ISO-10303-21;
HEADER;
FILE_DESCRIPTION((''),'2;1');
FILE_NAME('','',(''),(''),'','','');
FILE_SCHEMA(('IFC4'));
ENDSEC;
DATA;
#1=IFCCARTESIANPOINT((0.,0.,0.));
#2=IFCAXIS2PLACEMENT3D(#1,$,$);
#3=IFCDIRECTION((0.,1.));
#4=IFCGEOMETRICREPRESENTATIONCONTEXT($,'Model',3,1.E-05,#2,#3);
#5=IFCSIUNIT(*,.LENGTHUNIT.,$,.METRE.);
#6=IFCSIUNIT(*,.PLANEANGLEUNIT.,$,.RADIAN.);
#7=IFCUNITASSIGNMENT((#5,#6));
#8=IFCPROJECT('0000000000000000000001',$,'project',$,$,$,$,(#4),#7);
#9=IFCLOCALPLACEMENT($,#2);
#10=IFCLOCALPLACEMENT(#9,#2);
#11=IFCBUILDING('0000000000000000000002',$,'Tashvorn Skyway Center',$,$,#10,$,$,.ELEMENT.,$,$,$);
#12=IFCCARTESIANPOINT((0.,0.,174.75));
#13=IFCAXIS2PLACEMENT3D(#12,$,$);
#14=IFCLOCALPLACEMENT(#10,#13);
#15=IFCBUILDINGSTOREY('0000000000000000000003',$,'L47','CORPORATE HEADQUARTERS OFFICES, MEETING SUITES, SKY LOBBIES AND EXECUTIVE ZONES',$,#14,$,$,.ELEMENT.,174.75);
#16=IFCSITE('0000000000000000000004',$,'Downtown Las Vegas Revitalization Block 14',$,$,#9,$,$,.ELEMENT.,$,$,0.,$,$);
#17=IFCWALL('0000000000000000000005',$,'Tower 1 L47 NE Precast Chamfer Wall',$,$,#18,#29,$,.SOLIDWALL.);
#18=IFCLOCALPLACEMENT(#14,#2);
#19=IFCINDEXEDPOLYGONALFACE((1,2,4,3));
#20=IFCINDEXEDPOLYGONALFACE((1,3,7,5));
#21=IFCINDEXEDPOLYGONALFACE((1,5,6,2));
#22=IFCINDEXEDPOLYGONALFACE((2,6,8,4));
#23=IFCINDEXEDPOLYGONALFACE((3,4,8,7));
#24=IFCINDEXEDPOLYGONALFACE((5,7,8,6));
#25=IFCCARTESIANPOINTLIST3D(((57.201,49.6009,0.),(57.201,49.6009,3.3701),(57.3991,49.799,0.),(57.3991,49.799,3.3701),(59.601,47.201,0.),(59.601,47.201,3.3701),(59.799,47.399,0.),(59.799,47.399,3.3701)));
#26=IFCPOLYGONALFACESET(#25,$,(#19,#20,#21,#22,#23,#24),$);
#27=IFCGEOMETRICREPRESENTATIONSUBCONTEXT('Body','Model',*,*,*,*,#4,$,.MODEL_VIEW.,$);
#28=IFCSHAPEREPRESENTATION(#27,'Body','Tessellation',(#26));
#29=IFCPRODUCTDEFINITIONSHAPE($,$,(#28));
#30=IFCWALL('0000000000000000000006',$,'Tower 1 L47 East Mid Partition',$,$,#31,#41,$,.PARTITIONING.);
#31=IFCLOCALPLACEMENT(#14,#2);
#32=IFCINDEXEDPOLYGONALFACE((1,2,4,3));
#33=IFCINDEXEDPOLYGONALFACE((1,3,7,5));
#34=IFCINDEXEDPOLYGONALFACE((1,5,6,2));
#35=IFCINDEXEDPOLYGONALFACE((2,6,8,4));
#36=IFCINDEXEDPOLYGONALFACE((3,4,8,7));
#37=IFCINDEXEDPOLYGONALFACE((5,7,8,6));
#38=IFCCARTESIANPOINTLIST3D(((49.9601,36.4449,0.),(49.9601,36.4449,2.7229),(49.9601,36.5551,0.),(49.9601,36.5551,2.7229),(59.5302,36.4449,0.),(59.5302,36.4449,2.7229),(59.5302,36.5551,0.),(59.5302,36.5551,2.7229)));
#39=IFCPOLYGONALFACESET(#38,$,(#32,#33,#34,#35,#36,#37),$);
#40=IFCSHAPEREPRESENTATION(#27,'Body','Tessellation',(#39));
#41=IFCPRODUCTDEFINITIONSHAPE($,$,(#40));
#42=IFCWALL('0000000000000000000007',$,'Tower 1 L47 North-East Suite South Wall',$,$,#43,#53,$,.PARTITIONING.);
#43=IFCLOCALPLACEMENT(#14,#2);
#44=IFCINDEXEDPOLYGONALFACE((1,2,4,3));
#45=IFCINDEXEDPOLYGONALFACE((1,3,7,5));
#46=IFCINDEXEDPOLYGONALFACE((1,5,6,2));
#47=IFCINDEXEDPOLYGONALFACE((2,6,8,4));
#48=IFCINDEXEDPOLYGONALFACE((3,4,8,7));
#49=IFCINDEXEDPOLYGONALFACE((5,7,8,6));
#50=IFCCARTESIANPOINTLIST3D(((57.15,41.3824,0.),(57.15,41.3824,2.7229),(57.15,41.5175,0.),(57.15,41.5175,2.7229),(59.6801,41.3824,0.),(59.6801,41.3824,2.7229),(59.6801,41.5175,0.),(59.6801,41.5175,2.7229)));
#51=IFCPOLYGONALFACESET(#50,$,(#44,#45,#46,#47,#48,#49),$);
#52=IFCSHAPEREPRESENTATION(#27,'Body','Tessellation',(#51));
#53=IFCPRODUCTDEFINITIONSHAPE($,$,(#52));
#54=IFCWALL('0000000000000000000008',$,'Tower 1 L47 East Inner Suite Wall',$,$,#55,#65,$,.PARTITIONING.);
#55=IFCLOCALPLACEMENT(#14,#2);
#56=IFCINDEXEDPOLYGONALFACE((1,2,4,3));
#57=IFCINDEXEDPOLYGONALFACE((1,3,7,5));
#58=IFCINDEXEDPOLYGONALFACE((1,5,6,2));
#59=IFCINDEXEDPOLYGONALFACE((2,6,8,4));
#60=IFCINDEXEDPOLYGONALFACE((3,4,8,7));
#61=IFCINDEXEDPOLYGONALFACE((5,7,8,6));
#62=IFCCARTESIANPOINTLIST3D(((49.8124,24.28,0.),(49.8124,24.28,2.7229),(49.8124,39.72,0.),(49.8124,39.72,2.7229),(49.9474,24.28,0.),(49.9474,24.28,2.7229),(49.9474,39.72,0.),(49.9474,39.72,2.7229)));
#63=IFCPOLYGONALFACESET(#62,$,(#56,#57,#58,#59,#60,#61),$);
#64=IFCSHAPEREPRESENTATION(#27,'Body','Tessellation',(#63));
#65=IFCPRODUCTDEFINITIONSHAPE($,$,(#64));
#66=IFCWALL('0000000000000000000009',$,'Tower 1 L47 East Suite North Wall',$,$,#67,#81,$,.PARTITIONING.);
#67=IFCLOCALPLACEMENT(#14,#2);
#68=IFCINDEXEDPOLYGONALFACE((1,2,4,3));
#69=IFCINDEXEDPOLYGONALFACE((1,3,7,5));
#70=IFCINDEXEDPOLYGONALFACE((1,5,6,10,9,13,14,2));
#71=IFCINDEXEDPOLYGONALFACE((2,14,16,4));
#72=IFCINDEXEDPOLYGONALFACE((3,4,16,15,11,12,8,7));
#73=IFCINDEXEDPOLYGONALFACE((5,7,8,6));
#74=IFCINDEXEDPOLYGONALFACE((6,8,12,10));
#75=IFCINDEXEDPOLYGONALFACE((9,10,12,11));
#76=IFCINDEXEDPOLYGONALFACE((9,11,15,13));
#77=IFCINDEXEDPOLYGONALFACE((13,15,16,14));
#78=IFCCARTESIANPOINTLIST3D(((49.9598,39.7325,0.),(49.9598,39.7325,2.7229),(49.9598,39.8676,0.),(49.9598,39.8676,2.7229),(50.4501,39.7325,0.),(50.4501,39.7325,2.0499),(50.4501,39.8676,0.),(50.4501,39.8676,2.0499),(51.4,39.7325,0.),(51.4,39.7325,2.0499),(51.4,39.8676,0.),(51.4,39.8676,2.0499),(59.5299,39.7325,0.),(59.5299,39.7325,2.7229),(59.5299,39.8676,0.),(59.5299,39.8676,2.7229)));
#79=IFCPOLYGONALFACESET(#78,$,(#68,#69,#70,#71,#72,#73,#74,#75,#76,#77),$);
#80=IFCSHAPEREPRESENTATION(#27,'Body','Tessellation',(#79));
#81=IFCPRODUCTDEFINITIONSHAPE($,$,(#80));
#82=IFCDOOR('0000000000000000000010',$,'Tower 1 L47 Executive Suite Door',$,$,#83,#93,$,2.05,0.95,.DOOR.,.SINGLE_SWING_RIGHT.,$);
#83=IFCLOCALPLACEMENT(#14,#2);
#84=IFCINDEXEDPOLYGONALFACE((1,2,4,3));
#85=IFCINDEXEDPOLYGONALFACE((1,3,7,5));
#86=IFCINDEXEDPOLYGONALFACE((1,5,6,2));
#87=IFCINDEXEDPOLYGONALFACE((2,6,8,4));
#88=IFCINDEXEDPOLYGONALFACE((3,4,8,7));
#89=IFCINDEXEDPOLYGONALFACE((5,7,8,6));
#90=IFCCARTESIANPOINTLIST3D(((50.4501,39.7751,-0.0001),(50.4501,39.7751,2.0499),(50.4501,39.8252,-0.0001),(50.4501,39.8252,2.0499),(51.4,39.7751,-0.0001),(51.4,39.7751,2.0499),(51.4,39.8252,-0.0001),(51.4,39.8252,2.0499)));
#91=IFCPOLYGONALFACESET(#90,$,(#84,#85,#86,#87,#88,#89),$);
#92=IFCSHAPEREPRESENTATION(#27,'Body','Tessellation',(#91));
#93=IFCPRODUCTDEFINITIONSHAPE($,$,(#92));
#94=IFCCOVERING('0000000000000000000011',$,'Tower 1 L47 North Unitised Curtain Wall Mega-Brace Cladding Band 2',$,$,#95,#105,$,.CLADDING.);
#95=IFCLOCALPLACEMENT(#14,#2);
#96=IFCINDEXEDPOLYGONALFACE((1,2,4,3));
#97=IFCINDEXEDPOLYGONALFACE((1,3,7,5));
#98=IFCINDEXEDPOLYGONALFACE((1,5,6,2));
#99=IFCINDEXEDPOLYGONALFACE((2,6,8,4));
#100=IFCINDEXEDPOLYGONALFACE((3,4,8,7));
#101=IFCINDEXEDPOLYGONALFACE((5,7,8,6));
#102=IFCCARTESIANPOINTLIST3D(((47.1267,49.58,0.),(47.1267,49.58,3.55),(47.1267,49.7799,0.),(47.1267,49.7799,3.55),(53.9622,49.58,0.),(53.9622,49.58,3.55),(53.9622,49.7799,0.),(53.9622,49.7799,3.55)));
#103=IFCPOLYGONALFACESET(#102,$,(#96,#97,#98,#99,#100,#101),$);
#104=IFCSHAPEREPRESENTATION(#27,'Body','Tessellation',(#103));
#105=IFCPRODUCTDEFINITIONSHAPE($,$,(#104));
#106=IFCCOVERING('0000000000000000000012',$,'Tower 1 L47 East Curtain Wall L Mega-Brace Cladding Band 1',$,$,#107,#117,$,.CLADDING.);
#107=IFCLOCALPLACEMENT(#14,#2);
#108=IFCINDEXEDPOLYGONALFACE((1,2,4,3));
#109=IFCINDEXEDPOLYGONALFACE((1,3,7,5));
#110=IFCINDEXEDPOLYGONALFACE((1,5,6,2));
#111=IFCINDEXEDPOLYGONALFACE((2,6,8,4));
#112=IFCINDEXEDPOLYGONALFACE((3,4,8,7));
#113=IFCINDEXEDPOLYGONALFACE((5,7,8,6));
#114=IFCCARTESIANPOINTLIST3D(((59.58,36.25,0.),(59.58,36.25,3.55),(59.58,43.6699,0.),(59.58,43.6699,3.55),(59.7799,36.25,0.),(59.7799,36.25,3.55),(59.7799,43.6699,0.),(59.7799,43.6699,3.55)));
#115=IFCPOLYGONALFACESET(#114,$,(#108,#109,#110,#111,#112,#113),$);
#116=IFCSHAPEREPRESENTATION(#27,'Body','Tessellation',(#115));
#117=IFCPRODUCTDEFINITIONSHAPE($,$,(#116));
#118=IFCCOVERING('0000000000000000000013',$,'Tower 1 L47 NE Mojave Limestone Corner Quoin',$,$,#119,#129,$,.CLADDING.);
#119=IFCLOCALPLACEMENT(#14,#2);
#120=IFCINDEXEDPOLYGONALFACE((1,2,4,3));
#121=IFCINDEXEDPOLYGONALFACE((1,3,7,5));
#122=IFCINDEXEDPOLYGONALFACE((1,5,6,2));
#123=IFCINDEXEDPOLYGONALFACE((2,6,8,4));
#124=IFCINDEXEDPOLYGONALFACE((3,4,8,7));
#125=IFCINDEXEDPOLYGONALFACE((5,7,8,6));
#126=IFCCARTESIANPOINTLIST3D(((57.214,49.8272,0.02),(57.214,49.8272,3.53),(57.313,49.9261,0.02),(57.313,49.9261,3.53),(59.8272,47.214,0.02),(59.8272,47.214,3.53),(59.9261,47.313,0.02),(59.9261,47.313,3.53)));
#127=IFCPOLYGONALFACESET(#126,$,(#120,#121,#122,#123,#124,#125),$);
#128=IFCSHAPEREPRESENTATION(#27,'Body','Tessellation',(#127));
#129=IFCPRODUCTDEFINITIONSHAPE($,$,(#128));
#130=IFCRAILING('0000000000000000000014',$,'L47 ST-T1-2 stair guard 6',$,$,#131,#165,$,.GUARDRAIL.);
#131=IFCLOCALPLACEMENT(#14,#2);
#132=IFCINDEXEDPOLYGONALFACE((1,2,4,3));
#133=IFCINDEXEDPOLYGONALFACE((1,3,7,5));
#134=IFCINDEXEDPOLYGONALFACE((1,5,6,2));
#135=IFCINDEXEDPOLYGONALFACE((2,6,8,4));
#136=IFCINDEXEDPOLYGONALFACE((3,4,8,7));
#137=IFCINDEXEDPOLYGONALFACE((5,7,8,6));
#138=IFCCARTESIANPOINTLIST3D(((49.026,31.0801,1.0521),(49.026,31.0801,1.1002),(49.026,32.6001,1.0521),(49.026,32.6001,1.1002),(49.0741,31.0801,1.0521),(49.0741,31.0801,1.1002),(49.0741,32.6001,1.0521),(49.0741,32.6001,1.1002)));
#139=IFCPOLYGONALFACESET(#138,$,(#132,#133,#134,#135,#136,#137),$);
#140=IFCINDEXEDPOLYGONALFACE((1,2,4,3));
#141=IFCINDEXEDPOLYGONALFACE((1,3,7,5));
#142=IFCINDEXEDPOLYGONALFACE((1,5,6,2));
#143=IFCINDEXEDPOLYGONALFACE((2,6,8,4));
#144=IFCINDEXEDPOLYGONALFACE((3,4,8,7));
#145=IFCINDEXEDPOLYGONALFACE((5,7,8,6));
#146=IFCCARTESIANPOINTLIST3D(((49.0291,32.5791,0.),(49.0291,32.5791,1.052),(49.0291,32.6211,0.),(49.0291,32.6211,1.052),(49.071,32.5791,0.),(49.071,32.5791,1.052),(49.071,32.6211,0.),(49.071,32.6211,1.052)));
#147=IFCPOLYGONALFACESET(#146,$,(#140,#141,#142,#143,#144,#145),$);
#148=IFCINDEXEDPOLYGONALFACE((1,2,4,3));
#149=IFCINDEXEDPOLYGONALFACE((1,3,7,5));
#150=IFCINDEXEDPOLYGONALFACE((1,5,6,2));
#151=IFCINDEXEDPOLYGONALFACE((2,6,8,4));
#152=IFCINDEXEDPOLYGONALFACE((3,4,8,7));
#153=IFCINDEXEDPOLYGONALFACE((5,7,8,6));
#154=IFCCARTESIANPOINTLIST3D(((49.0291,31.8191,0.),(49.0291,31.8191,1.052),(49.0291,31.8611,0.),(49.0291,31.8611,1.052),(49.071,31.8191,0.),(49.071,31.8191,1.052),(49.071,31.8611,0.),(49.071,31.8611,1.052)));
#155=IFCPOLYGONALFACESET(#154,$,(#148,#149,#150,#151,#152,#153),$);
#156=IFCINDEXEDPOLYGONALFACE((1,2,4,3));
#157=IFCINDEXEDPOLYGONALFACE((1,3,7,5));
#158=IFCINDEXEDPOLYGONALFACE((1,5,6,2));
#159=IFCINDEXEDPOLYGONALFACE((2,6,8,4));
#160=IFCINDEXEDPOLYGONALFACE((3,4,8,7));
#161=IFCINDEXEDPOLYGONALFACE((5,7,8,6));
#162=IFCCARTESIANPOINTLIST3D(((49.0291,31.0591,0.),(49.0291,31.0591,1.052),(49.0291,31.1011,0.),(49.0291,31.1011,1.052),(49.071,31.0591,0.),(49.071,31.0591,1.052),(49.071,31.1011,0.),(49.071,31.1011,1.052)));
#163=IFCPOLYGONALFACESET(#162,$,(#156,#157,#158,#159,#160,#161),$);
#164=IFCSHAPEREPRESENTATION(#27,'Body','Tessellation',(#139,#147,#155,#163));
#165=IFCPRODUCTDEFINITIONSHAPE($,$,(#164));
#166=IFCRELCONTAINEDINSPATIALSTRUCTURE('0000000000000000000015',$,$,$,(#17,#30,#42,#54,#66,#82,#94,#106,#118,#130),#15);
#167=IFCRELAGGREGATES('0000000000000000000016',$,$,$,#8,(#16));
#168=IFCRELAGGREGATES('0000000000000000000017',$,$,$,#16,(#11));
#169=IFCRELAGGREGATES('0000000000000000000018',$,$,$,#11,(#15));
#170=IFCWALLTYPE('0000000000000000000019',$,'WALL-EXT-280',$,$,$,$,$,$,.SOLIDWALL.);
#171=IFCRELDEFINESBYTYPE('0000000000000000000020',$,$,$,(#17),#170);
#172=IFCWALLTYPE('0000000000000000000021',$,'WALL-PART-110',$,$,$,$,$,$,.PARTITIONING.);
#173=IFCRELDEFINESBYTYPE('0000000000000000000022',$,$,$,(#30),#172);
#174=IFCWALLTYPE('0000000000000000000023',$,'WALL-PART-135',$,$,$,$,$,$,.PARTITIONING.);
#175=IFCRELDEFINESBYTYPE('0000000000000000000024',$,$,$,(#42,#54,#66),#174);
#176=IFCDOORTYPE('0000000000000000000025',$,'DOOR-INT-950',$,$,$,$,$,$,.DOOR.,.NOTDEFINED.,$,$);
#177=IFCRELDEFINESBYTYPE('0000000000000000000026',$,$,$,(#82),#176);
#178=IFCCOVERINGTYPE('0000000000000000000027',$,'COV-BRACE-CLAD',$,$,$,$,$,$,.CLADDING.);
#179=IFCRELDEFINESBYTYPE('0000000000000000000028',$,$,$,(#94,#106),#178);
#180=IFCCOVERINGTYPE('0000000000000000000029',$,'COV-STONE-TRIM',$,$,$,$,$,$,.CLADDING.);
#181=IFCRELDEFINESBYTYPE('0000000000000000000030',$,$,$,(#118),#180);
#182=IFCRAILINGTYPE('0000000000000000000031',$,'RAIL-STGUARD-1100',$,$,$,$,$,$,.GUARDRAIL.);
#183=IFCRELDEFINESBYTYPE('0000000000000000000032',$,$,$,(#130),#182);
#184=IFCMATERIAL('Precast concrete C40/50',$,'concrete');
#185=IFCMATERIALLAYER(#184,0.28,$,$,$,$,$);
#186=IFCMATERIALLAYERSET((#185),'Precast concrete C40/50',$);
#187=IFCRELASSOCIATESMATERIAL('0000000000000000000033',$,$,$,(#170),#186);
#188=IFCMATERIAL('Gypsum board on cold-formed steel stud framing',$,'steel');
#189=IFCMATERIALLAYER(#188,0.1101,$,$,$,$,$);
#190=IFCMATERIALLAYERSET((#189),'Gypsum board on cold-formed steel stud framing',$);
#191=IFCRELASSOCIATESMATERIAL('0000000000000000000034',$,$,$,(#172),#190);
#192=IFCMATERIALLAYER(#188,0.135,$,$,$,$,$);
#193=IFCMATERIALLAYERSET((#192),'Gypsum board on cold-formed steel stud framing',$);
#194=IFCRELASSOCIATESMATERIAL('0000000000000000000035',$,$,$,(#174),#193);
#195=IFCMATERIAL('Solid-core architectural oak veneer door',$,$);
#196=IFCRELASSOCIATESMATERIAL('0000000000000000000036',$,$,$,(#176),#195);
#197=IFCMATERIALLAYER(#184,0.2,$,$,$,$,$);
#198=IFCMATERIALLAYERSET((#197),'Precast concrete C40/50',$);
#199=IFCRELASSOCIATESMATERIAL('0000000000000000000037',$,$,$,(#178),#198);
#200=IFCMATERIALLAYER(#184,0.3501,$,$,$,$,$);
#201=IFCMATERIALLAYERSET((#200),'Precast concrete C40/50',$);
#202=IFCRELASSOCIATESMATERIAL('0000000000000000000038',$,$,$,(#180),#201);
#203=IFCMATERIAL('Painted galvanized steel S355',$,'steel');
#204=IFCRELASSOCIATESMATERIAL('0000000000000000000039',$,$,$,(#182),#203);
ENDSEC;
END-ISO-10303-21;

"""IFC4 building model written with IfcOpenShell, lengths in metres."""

from ifc_helpers import new_model, si_unit, direction, frame, frame_2d, origin, origin_2d, place, context, subcontext, project, spatial, rectangle, extrude, material, layer, layer_set, type_object, element, fill, save


model = new_model("IFC4")

# Units and contexts
model_context = context("Model", 3, precision=1e-05, world=origin(), true_north=direction((0.0, 1.0)))
body_context = subcontext(model_context, "Body", "Model", "MODEL_VIEW")
ifc_project = project(units=[si_unit("LENGTHUNIT", "METRE"), si_unit("PLANEANGLEUNIT", "RADIAN")], contexts=[model_context])

# Site, building, storey
site_placement = place(None, origin())
site = spatial("IfcSite", under=ifc_project, at=site_placement, Name="Downtown Las Vegas Revitalization Block 14", CompositionType="ELEMENT", RefElevation=0.0)
building_placement = place(site_placement, origin())
building = spatial("IfcBuilding", under=site, at=building_placement, Name="Tashvorn Skyway Center", CompositionType="ELEMENT")
storey_placement = place(building_placement, frame((0.0, 0.0, 174.75)))
storey = spatial("IfcBuildingStorey", under=building, at=storey_placement, Name="L47", Description="CORPORATE HEADQUARTERS OFFICES, MEETING SUITES, SKY LOBBIES AND EXECUTIVE ZONES", CompositionType="ELEMENT", Elevation=174.75)

# Walls
ifc_material_1 = material(Name="Precast concrete C40/50", Category="concrete")
ifc_layer_1 = layer(ifc_material_1, 0.28)
ifc_layer_set_1 = layer_set([ifc_layer_1], Name="Precast concrete C40/50")
wall_type_1 = type_object("IfcWallType", Name="WALL-EXT-280", PredefinedType="SOLIDWALL", material=ifc_layer_set_1)
wall_1_placement = place(storey_placement, frame((57.3, 49.7, 0.0), z_axis=(0.0, 0.0, 1.0), x_axis=(0.707107, -0.707107, 0.0)))
element("IfcWall", 1, at=wall_1_placement, inside=storey, type_object=wall_type_1, Name="Tower 1 L47 NE Precast Chamfer Wall", PredefinedType="SOLIDWALL", context=body_context, shape_type="SweptSolid", body=[
    extrude(rectangle(XDim=3.394, YDim=0.28, at=frame_2d((1.697, 0.0))), origin(), (0.0, 0.0, 1.0), 3.3701),
])
ifc_material_2 = material(Name="Gypsum board on cold-formed steel stud framing", Category="steel")
ifc_layer_2 = layer(ifc_material_2, 0.1101)
ifc_layer_set_2 = layer_set([ifc_layer_2], Name="Gypsum board on cold-formed steel stud framing")
wall_type_2 = type_object("IfcWallType", Name="WALL-PART-110", PredefinedType="PARTITIONING", material=ifc_layer_set_2)
wall_2_placement = place(storey_placement, frame((49.96, 36.5, 0.0), z_axis=(0.0, 0.0, 1.0), x_axis=(1.0, 0.0, 0.0)))
element("IfcWall", 2, at=wall_2_placement, inside=storey, type_object=wall_type_2, Name="Tower 1 L47 East Mid Partition", PredefinedType="PARTITIONING", context=body_context, shape_type="SweptSolid", body=[
    extrude(rectangle(XDim=9.5701, YDim=0.1101, at=frame_2d((4.7852, 0.0))), origin(), (0.0, 0.0, 1.0), 2.7229),
])
ifc_layer_3 = layer(ifc_material_2, 0.135)
ifc_layer_set_3 = layer_set([ifc_layer_3], Name="Gypsum board on cold-formed steel stud framing")
wall_type_3 = type_object("IfcWallType", Name="WALL-PART-135", PredefinedType="PARTITIONING", material=ifc_layer_set_3)
wall_3_placement = place(storey_placement, frame((57.1499, 41.45, 0.0), z_axis=(0.0, 0.0, 1.0), x_axis=(1.0, 0.0, 0.0)))
element("IfcWall", 3, at=wall_3_placement, inside=storey, type_object=wall_type_3, Name="Tower 1 L47 North-East Suite South Wall", PredefinedType="PARTITIONING", context=body_context, shape_type="SweptSolid", body=[
    extrude(rectangle(XDim=2.53, YDim=0.135, at=frame_2d((1.2651, 0.0))), origin(), (0.0, 0.0, 1.0), 2.7229),
])
wall_4_placement = place(storey_placement, frame((49.8799, 39.72, 0.0), z_axis=(0.0, 0.0, 1.0), x_axis=(0.0, -1.0, 0.0)))
element("IfcWall", 4, at=wall_4_placement, inside=storey, type_object=wall_type_3, Name="Tower 1 L47 East Inner Suite Wall", PredefinedType="PARTITIONING", context=body_context, shape_type="SweptSolid", body=[
    extrude(rectangle(XDim=15.4399, YDim=0.135, at=frame_2d((7.72, 0.0))), origin(), (0.0, 0.0, 1.0), 2.7229),
])

# Wall, opening, door
wall_5_placement = place(storey_placement, frame((59.53, 39.8, 0.0), z_axis=(0.0, 0.0, 1.0), x_axis=(-1.0, 0.0, 0.0)))
wall_5 = element("IfcWall", 5, at=wall_5_placement, inside=storey, type_object=wall_type_3, Name="Tower 1 L47 East Suite North Wall", PredefinedType="PARTITIONING", context=body_context, shape_type="SweptSolid", body=[
    extrude(rectangle(XDim=9.5701, YDim=0.135, at=frame_2d((4.7852, 0.0))), origin(), (0.0, 0.0, 1.0), 2.7229),
])
opening_placement = place(wall_5_placement, frame((8.1299, 0.0, 0.0)))
opening = element("IfcOpeningElement", 6, at=opening_placement, cuts=wall_5, PredefinedType="OPENING", context=body_context, shape_type="SweptSolid", body=[
    extrude(rectangle(XDim=0.95, YDim=2.05, at=frame_2d((0.4751, 1.0249))), frame((0.0, 0.0774, 0.0), z_axis=(0.0, -1.0, 0.0), x_axis=(1.0, 0.0, 0.0)), (0.0, 0.0, 1.0), 0.155),
])
ifc_material_3 = material(Name="Solid-core architectural oak veneer door")
door_type = type_object("IfcDoorType", Name="DOOR-INT-950", OperationType="NOTDEFINED", PredefinedType="DOOR", material=ifc_material_3)
door_placement = place(opening_placement, origin())
door = element("IfcDoor", 7, at=door_placement, inside=storey, type_object=door_type, Name="Tower 1 L47 Executive Suite Door", OperationType="SINGLE_SWING_RIGHT", OverallHeight=2.05, OverallWidth=0.95, PredefinedType="DOOR", context=body_context, shape_type="SweptSolid", body=[
    extrude(rectangle(XDim=0.95, YDim=2.05, at=frame_2d((0.4751, 1.0249))), frame((0.0, 0.0249, 0.0), z_axis=(0.0, -1.0, 0.0), x_axis=(1.0, 0.0, 0.0)), (0.0, 0.0, 1.0), 0.05),
])
fill(opening, door)

# Coverings
ifc_layer_4 = layer(ifc_material_1, 0.2)
ifc_layer_set_4 = layer_set([ifc_layer_4], Name="Precast concrete C40/50")
covering_type_1 = type_object("IfcCoveringType", Name="COV-BRACE-CLAD", PredefinedType="CLADDING", material=ifc_layer_set_4)
covering_1_placement = place(storey_placement, frame((50.5444, 49.6799, 0.0), z_axis=(0.0, 0.0, 1.0), x_axis=(1.0, 0.0, 0.0)))
element("IfcCovering", 8, at=covering_1_placement, inside=storey, type_object=covering_type_1, Name="Tower 1 L47 North Unitised Curtain Wall Mega-Brace Cladding Band 2", PredefinedType="CLADDING", context=body_context, shape_type="SweptSolid", body=[
    extrude(rectangle(XDim=6.8354, YDim=0.2, at=origin_2d()), origin(), (0.0, 0.0, 1.0), 3.55),
])
covering_2_placement = place(storey_placement, frame((59.6799, 39.96, 0.0), z_axis=(0.0, 0.0, 1.0), x_axis=(0.0, -1.0, 0.0)))
element("IfcCovering", 9, at=covering_2_placement, inside=storey, type_object=covering_type_1, Name="Tower 1 L47 East Curtain Wall L Mega-Brace Cladding Band 1", PredefinedType="CLADDING", context=body_context, shape_type="SweptSolid", body=[
    extrude(rectangle(XDim=7.4199, YDim=0.2, at=origin_2d()), origin(), (0.0, 0.0, 1.0), 3.55),
])
ifc_layer_5 = layer(ifc_material_1, 0.3501)
ifc_layer_set_5 = layer_set([ifc_layer_5], Name="Precast concrete C40/50")
covering_type_2 = type_object("IfcCoveringType", Name="COV-STONE-TRIM", PredefinedType="CLADDING", material=ifc_layer_set_5)
covering_3_placement = place(storey_placement, frame((58.5701, 48.5701, 0.02), z_axis=(0.0, 0.0, 1.0), x_axis=(0.707107, -0.707107, 0.0)))
element("IfcCovering", 10, at=covering_3_placement, inside=storey, type_object=covering_type_2, Name="Tower 1 L47 NE Mojave Limestone Corner Quoin", PredefinedType="CLADDING", context=body_context, shape_type="SweptSolid", body=[
    extrude(rectangle(XDim=3.6956, YDim=0.1399, at=origin_2d()), origin(), (0.0, 0.0, 1.0), 3.51),
])

# Railing
ifc_material_4 = material(Name="Painted galvanized steel S355", Category="steel")
railing_type = type_object("IfcRailingType", Name="RAIL-STGUARD-1100", PredefinedType="GUARDRAIL", material=ifc_material_4)
railing_placement = place(storey_placement, frame((49.05, 32.6001, 0.0)))
element("IfcRailing", 11, at=railing_placement, inside=storey, type_object=railing_type, Name="L47 ST-T1-2 stair guard 6", PredefinedType="GUARDRAIL", context=body_context, shape_type="SweptSolid", body=[
    extrude(rectangle(XDim=0.0481, YDim=0.0481, at=origin_2d()), frame((0.0, 0.0, 1.0762), z_axis=(0.0, -1.0, 0.0), x_axis=(1.0, 0.0, 0.0)), (0.0, 0.0, 1.0), 1.52),
    extrude(rectangle(XDim=0.042, YDim=0.042, at=origin_2d()), origin(), (0.0, 0.0, 1.0), 1.052),
    extrude(rectangle(XDim=0.042, YDim=0.042, at=origin_2d()), frame((0.0, -0.76, 0.0)), (0.0, 0.0, 1.0), 1.052),
    extrude(rectangle(XDim=0.042, YDim=0.042, at=origin_2d()), frame((0.0, -1.52, 0.0)), (0.0, 0.0, 1.0), 1.052),
])

save(model, "model.ifc")
